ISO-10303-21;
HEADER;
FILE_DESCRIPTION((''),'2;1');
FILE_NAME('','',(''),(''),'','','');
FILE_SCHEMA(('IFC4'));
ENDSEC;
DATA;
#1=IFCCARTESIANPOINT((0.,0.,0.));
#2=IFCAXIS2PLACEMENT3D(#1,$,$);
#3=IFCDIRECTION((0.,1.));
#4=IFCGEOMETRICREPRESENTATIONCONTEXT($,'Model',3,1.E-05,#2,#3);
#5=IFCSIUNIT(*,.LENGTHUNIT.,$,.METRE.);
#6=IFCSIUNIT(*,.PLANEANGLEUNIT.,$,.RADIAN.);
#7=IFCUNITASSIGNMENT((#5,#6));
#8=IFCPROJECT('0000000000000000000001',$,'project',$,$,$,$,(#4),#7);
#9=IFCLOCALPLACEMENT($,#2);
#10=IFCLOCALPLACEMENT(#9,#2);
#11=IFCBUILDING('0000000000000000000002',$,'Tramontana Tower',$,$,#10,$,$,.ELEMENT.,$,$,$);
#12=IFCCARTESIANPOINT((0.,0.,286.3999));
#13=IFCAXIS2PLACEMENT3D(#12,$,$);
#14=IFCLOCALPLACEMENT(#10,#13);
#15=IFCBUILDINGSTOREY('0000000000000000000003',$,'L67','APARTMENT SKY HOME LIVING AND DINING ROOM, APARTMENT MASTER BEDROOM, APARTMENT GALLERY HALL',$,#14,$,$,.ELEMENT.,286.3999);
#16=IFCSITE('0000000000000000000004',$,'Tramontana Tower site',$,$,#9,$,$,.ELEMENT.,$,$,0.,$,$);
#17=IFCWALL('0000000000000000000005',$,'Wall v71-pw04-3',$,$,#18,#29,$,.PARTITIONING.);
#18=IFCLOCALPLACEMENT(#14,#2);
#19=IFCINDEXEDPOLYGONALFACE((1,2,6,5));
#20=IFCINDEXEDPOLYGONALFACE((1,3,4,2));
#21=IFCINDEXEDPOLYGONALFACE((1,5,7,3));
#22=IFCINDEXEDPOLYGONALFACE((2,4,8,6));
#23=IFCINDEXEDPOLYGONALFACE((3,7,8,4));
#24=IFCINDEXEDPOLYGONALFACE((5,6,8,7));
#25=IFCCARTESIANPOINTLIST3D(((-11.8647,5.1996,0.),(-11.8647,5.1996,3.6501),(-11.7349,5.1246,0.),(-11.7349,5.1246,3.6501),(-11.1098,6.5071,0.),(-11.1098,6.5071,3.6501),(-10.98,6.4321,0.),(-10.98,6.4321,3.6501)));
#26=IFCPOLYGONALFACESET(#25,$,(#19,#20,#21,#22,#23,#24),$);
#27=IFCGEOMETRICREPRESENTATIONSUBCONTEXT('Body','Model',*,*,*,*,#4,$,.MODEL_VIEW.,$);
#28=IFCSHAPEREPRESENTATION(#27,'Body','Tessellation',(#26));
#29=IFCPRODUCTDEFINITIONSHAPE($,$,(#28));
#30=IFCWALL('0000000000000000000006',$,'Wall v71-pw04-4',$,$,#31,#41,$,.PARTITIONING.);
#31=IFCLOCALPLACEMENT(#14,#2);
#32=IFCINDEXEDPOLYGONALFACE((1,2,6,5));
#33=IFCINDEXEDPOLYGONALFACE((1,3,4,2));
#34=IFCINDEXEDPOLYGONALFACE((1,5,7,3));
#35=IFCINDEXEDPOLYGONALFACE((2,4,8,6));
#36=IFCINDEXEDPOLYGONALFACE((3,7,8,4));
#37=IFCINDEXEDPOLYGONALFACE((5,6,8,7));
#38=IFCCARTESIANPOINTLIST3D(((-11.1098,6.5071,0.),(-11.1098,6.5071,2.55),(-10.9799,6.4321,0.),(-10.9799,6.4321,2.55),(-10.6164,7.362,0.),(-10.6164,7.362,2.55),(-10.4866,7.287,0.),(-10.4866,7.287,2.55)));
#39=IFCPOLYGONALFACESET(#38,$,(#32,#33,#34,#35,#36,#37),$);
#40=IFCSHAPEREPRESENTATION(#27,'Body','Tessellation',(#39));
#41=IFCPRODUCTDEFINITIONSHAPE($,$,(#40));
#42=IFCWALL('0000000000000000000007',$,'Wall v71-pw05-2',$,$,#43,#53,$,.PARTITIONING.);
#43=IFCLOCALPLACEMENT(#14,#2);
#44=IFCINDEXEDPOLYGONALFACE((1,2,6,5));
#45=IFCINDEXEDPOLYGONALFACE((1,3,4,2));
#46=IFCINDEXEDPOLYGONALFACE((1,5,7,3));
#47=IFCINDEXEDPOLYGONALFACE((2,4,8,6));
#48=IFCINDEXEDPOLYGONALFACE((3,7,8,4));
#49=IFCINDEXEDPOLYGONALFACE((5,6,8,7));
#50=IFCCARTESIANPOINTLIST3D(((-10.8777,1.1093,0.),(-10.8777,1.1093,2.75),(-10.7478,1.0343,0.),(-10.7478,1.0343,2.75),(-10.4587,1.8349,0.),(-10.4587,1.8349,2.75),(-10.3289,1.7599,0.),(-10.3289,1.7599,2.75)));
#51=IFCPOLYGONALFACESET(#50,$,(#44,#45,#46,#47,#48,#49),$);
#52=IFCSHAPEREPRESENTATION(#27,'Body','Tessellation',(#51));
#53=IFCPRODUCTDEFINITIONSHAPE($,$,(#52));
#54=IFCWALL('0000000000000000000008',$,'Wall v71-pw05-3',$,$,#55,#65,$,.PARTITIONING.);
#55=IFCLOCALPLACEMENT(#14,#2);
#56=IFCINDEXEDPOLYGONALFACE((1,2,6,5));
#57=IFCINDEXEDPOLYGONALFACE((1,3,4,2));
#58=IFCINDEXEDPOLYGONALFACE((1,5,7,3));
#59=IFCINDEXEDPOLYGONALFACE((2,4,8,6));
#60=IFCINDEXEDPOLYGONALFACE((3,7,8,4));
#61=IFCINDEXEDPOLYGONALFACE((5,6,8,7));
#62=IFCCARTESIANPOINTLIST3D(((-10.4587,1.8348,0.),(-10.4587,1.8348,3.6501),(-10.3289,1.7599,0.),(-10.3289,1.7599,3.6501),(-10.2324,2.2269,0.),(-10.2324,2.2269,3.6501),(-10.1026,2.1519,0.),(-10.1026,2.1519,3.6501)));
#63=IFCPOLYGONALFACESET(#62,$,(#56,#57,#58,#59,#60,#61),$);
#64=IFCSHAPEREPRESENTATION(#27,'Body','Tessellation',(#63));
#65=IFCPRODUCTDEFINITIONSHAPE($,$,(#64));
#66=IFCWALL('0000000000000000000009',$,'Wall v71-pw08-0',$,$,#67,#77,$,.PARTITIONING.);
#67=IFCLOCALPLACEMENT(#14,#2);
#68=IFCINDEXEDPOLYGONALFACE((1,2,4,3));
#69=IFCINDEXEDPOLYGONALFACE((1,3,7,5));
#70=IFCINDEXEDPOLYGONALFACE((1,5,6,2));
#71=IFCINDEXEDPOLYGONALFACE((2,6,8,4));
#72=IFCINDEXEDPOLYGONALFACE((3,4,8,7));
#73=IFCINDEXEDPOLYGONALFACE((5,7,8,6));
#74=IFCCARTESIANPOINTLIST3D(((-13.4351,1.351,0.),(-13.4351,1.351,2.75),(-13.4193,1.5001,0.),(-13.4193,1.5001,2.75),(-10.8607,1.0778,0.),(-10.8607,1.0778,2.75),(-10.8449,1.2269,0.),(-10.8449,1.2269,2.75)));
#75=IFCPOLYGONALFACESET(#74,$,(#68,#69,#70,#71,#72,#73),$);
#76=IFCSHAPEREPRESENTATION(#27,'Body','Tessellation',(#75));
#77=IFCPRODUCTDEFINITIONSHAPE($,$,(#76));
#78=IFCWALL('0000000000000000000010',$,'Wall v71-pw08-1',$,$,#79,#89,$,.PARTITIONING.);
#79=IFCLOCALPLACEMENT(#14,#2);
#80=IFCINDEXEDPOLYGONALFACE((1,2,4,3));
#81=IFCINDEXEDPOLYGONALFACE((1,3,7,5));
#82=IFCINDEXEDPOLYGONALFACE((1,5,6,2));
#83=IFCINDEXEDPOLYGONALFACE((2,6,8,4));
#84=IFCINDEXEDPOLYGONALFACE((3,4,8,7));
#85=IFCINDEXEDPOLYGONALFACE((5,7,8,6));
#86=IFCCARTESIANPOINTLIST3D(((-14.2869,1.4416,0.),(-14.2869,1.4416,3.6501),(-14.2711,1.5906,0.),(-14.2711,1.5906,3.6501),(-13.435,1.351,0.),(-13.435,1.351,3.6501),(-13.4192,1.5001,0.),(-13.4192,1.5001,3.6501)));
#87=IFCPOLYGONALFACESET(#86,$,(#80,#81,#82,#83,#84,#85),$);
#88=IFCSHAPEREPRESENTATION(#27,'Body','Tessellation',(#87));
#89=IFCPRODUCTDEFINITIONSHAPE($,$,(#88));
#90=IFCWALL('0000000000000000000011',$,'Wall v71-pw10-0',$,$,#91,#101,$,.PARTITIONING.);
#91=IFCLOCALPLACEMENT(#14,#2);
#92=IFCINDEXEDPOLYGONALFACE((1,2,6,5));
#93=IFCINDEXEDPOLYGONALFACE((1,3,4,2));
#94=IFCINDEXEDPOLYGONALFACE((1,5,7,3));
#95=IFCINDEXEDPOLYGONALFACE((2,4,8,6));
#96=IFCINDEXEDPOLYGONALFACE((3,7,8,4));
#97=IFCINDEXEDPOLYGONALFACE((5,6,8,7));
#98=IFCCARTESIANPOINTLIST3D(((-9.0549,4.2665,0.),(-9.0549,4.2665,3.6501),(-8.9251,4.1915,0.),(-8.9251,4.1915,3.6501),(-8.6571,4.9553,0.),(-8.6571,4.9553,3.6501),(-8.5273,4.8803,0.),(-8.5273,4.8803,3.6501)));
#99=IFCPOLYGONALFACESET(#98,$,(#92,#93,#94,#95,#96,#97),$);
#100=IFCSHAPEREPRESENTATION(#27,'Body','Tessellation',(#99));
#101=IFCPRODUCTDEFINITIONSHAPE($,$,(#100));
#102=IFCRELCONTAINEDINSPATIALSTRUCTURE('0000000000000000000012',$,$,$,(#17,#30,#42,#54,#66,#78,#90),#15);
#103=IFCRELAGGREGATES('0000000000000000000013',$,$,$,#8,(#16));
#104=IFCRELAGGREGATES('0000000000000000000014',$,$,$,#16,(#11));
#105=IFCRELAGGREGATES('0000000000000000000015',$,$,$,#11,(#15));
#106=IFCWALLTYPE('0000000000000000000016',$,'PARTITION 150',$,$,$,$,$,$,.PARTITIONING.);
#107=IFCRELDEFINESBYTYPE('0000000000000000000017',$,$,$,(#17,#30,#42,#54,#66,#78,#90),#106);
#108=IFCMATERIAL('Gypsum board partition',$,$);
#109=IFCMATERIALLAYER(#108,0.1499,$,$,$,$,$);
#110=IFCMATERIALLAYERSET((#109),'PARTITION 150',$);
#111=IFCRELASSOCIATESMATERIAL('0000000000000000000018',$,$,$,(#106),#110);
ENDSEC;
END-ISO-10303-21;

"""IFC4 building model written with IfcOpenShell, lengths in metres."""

from ifc_helpers import new_model, si_unit, direction, frame, frame_2d, origin, place, context, subcontext, project, spatial, rectangle, extrude, material, layer, layer_set, type_object, element, save


model = new_model("IFC4")

# Units and contexts
model_context = context("Model", 3, precision=1e-05, world=origin(), true_north=direction((0.0, 1.0)))
body_context = subcontext(model_context, "Body", "Model", "MODEL_VIEW")
ifc_project = project(units=[si_unit("LENGTHUNIT", "METRE"), si_unit("PLANEANGLEUNIT", "RADIAN")], contexts=[model_context])

# Site, building, storey
site_placement = place(None, origin())
site = spatial("IfcSite", under=ifc_project, at=site_placement, Name="Tramontana Tower site", CompositionType="ELEMENT", RefElevation=0.0)
building_placement = place(site_placement, origin())
building = spatial("IfcBuilding", under=site, at=building_placement, Name="Tramontana Tower", CompositionType="ELEMENT")
storey_placement = place(building_placement, frame((0.0, 0.0, 286.3999)))
storey = spatial("IfcBuildingStorey", under=building, at=storey_placement, Name="L67", Description="APARTMENT SKY HOME LIVING AND DINING ROOM, APARTMENT MASTER BEDROOM, APARTMENT GALLERY HALL", CompositionType="ELEMENT", Elevation=286.3999)

# Shared definitions
ifc_material_1 = material(Name="Gypsum board partition")
ifc_layer_1 = layer(ifc_material_1, 0.1499)
ifc_layer_set_1 = layer_set([ifc_layer_1], Name="PARTITION 150")
wall_type_1 = type_object("IfcWallType", Name="PARTITION 150", PredefinedType="PARTITIONING", material=ifc_layer_set_1)

# Walls
wall_1_placement = place(storey_placement, frame((-11.7998, 5.1621, 0.0), z_axis=(0.0, 0.0, 1.0), x_axis=(0.500035, 0.866005, 0.0)))
element("IfcWall", 1, at=wall_1_placement, inside=storey, type_object=wall_type_1, Name="Wall v71-pw04-3", PredefinedType="PARTITIONING", context=body_context, shape_type="SweptSolid", body=[
    extrude(rectangle(XDim=1.5098, YDim=0.1499, at=frame_2d((0.7549, 0.0))), origin(), (0.0, 0.0, 1.0), 3.6501),
])
wall_2_placement = place(storey_placement, frame((-11.0449, 6.4695, 0.0), z_axis=(0.0, 0.0, 1.0), x_axis=(0.499837, 0.86612, 0.0)))
element("IfcWall", 2, at=wall_2_placement, inside=storey, type_object=wall_type_1, Name="Wall v71-pw04-4", PredefinedType="PARTITIONING", context=body_context, shape_type="SweptSolid", body=[
    extrude(rectangle(XDim=0.9871, YDim=0.1499, at=frame_2d((0.4937, 0.0))), origin(), (0.0, 0.0, 1.0), 2.55),
])
wall_3_placement = place(storey_placement, frame((-10.8127, 1.0718, 0.0), z_axis=(0.0, 0.0, 1.0), x_axis=(0.500025, 0.866011, 0.0)))
element("IfcWall", 3, at=wall_3_placement, inside=storey, type_object=wall_type_1, Name="Wall v71-pw05-2", PredefinedType="PARTITIONING", context=body_context, shape_type="SweptSolid", body=[
    extrude(rectangle(XDim=0.8379, YDim=0.1499, at=frame_2d((0.4189, 0.0))), origin(), (0.0, 0.0, 1.0), 2.75),
])
wall_4_placement = place(storey_placement, frame((-10.3938, 1.7974, 0.0), z_axis=(0.0, 0.0, 1.0), x_axis=(0.499909, 0.866078, 0.0)))
element("IfcWall", 4, at=wall_4_placement, inside=storey, type_object=wall_type_1, Name="Wall v71-pw05-3", PredefinedType="PARTITIONING", context=body_context, shape_type="SweptSolid", body=[
    extrude(rectangle(XDim=0.4526, YDim=0.1499, at=frame_2d((0.2263, 0.0))), origin(), (0.0, 0.0, 1.0), 3.6501),
])

# Walls
wall_5_placement = place(storey_placement, frame((-10.8528, 1.1523, 0.0), z_axis=(0.0, 0.0, 1.0), x_axis=(-0.994417, 0.105524, 0.0)))
element("IfcWall", 5, at=wall_5_placement, inside=storey, type_object=wall_type_1, Name="Wall v71-pw08-0", PredefinedType="PARTITIONING", context=body_context, shape_type="SweptSolid", body=[
    extrude(rectangle(XDim=2.5889, YDim=0.1499, at=frame_2d((1.2944, 0.0))), origin(), (0.0, 0.0, 1.0), 2.75),
])
wall_6_placement = place(storey_placement, frame((-13.4272, 1.4255, 0.0), z_axis=(0.0, 0.0, 1.0), x_axis=(-0.994394, 0.105738, 0.0)))
element("IfcWall", 6, at=wall_6_placement, inside=storey, type_object=wall_type_1, Name="Wall v71-pw08-1", PredefinedType="PARTITIONING", context=body_context, shape_type="SweptSolid", body=[
    extrude(rectangle(XDim=0.8567, YDim=0.1499, at=frame_2d((0.4282, 0.0))), origin(), (0.0, 0.0, 1.0), 3.6501),
])

# Wall
wall_7_placement = place(storey_placement, frame((-8.99, 4.229, 0.0), z_axis=(0.0, 0.0, 1.0), x_axis=(0.500068, 0.865986, 0.0)))
element("IfcWall", 7, at=wall_7_placement, inside=storey, type_object=wall_type_1, Name="Wall v71-pw10-0", PredefinedType="PARTITIONING", context=body_context, shape_type="SweptSolid", body=[
    extrude(rectangle(XDim=0.7954, YDim=0.1499, at=frame_2d((0.3977, 0.0))), origin(), (0.0, 0.0, 1.0), 3.6501),
])

save(model, "model.ifc")
